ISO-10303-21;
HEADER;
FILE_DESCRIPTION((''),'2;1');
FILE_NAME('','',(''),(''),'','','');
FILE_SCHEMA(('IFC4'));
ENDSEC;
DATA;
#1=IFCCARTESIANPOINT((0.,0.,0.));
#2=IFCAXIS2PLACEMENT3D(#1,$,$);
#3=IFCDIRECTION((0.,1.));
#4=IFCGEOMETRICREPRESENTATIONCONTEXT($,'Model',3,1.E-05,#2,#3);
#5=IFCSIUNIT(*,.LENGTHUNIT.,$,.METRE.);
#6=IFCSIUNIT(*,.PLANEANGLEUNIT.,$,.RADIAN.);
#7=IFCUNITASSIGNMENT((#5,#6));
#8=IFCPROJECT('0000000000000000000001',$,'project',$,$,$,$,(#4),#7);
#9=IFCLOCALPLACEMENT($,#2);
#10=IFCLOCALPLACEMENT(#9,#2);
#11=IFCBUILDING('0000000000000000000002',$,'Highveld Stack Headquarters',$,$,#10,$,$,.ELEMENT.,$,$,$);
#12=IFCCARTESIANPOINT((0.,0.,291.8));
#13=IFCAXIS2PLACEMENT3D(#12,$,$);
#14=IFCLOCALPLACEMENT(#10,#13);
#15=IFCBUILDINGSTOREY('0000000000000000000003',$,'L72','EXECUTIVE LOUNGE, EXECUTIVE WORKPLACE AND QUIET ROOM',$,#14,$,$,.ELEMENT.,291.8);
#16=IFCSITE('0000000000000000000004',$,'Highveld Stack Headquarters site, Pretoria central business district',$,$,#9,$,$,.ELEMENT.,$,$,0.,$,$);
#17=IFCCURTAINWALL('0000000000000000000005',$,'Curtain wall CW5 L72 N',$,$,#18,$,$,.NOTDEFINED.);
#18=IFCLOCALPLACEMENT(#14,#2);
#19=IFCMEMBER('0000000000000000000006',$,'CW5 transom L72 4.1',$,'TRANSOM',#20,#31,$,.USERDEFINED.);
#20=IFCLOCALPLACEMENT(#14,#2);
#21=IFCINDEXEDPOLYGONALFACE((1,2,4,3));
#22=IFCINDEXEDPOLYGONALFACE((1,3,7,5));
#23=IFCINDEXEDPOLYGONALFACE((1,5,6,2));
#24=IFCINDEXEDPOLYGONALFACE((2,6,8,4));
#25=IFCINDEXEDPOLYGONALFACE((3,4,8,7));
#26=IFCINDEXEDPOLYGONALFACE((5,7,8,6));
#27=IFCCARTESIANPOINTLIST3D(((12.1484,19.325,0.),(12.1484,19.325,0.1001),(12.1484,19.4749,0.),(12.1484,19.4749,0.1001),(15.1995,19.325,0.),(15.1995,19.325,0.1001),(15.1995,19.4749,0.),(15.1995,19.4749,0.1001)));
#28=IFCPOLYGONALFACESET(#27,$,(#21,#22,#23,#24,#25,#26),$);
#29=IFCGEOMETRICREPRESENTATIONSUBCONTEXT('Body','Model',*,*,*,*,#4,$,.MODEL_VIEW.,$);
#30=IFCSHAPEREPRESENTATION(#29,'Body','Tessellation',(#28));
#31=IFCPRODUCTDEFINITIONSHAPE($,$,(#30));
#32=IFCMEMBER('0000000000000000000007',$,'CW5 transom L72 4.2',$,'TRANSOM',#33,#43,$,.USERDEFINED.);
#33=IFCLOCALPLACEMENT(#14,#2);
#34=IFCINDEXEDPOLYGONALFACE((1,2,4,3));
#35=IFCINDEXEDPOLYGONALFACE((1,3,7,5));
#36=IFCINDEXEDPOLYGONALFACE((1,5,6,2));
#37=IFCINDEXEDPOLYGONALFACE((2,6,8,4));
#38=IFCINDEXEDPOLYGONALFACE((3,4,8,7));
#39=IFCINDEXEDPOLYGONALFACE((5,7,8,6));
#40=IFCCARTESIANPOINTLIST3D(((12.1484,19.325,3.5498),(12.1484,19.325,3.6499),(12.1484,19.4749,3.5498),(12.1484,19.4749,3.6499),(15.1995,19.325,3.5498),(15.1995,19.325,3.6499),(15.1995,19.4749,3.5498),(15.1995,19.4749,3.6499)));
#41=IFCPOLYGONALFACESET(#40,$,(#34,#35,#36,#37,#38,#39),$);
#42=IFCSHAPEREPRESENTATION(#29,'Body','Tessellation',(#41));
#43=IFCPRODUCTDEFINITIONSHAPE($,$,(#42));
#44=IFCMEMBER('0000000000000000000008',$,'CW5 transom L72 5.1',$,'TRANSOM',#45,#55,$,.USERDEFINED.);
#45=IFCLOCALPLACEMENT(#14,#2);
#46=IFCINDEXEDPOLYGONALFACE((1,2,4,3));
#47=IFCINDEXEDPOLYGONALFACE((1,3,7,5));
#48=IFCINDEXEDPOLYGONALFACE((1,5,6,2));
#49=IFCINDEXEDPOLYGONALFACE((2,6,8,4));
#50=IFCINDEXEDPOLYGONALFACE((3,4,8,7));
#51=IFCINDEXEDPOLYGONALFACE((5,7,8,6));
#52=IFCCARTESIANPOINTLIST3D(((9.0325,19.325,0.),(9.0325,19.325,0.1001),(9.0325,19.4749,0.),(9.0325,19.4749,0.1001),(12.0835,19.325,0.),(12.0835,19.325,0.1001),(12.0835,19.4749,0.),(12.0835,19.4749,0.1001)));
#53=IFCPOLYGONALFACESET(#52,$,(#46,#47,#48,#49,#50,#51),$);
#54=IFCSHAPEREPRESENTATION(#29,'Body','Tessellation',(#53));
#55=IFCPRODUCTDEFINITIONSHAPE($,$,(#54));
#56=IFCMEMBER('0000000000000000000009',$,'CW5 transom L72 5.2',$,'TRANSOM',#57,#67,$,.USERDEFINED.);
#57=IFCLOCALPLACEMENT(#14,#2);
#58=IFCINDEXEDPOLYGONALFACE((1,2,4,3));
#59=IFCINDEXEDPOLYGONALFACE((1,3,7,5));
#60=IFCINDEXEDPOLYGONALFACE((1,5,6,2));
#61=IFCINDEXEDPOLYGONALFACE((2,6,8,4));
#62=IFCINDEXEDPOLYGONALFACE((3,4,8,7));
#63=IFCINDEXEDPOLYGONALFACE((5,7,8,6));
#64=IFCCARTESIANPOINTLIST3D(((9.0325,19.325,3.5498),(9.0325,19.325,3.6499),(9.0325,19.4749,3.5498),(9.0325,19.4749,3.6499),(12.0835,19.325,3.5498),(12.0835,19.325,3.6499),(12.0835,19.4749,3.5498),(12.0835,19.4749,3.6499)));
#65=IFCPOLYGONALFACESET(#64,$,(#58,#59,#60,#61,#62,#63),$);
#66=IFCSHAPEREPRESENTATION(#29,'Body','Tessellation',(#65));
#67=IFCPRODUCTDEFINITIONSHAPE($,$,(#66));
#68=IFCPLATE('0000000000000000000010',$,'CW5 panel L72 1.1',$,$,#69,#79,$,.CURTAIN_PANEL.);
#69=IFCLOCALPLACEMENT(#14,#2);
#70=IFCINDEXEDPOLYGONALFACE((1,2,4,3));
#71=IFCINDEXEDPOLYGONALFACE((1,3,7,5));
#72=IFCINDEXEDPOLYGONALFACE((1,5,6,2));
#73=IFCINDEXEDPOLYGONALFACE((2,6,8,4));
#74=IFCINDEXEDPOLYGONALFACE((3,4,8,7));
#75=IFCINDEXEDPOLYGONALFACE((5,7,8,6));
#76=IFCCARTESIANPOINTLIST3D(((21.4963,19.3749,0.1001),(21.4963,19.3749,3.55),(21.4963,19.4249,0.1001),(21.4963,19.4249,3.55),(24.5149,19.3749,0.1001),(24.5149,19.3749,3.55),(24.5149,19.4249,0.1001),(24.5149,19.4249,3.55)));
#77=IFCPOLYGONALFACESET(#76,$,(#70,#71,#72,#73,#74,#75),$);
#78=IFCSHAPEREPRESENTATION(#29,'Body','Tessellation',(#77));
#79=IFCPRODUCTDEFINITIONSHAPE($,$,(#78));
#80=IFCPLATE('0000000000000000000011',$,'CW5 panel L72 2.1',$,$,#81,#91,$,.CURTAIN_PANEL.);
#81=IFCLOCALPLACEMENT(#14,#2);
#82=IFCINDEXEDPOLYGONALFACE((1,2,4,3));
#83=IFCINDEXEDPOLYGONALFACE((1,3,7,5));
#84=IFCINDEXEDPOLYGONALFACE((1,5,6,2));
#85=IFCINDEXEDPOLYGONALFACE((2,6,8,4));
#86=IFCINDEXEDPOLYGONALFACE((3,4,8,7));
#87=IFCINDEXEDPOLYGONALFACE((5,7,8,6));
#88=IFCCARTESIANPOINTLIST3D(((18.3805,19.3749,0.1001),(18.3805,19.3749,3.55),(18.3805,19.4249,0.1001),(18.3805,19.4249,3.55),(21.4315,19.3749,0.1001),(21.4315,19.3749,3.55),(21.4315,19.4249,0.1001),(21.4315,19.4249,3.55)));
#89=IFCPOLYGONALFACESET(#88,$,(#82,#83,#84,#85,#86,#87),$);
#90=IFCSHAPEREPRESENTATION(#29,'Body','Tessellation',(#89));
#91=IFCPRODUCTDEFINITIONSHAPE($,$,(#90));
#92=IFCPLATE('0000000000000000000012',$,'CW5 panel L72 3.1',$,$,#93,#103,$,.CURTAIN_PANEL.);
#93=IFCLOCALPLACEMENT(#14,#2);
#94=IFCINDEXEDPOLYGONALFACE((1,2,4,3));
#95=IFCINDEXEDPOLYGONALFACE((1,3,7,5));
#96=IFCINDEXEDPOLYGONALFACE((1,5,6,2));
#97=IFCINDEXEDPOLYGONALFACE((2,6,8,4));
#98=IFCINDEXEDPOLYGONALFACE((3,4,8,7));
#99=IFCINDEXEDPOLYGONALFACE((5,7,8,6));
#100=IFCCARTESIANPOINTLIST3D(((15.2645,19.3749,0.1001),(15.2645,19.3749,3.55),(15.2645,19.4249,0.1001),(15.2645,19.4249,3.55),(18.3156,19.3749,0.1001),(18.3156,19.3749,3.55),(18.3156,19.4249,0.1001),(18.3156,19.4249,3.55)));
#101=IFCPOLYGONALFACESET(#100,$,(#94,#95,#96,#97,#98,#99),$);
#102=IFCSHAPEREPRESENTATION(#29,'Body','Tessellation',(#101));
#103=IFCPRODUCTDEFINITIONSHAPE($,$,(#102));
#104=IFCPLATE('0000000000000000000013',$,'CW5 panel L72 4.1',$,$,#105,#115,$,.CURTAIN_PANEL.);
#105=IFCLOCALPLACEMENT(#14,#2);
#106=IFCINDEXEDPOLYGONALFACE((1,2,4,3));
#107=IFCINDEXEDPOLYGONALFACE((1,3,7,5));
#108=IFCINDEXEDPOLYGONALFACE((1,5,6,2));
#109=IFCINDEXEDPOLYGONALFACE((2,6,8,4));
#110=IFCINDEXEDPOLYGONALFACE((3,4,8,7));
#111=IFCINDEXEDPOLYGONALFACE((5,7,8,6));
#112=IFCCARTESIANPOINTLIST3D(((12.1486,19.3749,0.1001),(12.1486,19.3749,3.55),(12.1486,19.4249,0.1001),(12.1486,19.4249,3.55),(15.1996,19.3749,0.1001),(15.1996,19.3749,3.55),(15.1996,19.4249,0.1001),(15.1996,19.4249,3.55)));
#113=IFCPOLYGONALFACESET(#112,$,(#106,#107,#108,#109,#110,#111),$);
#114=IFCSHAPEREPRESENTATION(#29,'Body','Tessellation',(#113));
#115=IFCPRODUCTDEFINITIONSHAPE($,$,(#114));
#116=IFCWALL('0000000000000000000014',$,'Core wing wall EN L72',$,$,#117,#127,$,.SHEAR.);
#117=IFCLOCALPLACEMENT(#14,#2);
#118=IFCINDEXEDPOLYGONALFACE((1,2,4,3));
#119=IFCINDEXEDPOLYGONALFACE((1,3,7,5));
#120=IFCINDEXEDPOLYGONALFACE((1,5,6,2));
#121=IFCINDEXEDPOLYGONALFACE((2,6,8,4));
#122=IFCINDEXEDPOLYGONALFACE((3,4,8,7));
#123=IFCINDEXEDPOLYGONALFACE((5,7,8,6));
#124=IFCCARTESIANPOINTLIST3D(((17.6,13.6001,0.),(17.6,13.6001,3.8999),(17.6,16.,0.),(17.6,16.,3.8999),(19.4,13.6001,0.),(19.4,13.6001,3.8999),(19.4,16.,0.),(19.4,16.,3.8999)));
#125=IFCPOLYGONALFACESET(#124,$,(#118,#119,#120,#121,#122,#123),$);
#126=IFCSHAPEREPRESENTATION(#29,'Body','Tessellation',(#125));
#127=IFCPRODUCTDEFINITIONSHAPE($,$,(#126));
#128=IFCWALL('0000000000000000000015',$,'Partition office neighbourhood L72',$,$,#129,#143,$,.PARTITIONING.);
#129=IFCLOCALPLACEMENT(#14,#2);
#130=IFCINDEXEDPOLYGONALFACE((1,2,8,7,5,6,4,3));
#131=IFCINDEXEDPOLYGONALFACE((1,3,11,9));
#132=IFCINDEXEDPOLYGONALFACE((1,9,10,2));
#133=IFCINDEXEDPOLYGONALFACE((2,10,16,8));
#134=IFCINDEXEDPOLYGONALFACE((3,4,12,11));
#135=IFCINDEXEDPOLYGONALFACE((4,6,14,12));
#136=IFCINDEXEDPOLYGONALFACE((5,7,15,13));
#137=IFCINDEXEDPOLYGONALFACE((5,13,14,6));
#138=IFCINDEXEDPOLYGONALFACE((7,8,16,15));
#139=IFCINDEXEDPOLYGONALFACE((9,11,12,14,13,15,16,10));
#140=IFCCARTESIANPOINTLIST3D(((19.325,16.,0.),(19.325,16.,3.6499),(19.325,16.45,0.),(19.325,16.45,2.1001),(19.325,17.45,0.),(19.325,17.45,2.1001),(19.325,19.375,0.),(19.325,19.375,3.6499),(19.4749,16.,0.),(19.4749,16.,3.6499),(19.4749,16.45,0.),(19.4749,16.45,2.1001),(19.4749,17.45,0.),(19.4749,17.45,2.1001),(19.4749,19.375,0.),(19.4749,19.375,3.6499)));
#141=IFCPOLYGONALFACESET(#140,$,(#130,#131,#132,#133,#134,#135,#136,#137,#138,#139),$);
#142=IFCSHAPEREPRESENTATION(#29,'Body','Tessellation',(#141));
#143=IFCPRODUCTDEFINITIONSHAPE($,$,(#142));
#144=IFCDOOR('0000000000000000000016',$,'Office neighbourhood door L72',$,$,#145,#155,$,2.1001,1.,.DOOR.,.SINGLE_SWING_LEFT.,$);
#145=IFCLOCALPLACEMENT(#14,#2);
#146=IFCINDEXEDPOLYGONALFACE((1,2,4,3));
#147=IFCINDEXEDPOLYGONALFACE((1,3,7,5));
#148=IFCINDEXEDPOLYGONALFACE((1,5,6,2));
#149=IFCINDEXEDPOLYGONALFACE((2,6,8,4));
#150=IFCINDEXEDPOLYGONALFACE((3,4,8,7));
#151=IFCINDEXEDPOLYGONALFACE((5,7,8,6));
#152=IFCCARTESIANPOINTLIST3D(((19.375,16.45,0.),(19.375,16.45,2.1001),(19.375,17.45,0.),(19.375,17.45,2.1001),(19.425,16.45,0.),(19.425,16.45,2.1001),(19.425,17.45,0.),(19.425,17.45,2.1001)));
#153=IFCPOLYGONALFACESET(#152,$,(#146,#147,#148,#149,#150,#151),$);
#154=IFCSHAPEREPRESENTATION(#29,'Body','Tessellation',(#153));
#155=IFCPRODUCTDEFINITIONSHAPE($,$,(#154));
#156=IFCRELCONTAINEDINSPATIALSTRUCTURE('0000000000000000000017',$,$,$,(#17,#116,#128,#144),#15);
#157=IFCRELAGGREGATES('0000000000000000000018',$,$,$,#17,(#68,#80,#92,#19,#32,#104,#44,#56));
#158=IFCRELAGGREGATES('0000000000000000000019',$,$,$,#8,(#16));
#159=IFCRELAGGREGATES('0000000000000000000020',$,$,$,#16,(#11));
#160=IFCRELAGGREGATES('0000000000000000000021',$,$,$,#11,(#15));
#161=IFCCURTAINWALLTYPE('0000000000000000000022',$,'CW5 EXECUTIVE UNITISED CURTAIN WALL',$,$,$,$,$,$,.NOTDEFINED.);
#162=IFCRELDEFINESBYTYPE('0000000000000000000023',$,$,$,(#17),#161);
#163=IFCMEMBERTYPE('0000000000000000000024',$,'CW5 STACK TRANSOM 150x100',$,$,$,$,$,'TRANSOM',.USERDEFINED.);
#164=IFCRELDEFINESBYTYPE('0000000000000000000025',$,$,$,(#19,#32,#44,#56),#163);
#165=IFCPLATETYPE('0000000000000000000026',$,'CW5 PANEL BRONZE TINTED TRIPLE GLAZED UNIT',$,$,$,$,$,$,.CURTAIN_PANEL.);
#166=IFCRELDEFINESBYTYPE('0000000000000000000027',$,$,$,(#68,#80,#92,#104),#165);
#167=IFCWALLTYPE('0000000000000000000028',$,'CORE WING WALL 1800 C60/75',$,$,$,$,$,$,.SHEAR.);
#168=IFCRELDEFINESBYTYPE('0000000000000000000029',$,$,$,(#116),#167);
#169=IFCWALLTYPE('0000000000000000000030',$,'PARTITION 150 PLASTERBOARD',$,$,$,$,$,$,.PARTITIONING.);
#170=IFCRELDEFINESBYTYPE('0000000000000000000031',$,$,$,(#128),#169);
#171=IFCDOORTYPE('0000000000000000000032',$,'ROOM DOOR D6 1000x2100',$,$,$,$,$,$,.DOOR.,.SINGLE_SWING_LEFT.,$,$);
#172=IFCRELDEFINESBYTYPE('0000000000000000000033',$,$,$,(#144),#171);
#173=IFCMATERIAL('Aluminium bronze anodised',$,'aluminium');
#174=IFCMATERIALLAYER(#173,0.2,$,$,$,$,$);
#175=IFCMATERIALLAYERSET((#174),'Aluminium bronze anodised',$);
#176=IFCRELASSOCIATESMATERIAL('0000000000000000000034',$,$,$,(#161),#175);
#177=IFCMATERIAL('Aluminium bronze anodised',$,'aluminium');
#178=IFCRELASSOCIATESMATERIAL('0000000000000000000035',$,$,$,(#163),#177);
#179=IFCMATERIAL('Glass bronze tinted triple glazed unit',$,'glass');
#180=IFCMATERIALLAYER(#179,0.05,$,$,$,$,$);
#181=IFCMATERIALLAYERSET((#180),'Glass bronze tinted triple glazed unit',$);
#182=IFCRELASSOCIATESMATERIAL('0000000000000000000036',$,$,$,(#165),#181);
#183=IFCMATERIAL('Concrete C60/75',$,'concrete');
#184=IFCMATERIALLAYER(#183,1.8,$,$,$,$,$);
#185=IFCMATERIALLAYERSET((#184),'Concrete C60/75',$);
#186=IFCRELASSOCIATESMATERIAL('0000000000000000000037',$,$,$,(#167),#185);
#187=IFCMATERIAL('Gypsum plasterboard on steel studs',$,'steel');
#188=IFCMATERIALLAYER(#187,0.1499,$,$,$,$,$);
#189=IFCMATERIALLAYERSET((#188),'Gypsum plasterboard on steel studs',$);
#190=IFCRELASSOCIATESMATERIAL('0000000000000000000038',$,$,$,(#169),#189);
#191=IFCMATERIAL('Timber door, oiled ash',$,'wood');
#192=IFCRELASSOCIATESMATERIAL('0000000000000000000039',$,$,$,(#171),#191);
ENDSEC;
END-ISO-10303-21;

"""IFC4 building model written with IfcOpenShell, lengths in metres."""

from ifc_helpers import new_model, si_unit, direction, frame, frame_2d, origin, origin_2d, place, context, subcontext, project, spatial, rectangle, extrude, material, layer, layer_set, material_profile, profile_set, type_object, element, fill, aggregate, save


model = new_model("IFC4")

# Units and contexts
model_context = context("Model", 3, precision=1e-05, world=origin(), true_north=direction((0.0, 1.0)))
body_context = subcontext(model_context, "Body", "Model", "MODEL_VIEW")
ifc_project = project(units=[si_unit("LENGTHUNIT", "METRE"), si_unit("PLANEANGLEUNIT", "RADIAN")], contexts=[model_context])

# Site, building, storey
site_placement = place(None, origin())
site = spatial("IfcSite", under=ifc_project, at=site_placement, Name="Highveld Stack Headquarters site, Pretoria central business district", CompositionType="ELEMENT", RefElevation=0.0)
building_placement = place(site_placement, origin())
building = spatial("IfcBuilding", under=site, at=building_placement, Name="Highveld Stack Headquarters", CompositionType="ELEMENT")
storey_placement = place(building_placement, frame((0.0, 0.0, 291.8)))
storey = spatial("IfcBuildingStorey", under=building, at=storey_placement, Name="L72", Description="EXECUTIVE LOUNGE, EXECUTIVE WORKPLACE AND QUIET ROOM", CompositionType="ELEMENT", Elevation=291.8)

# Curtain wall, members, plates
ifc_material_1 = material(Name="Aluminium bronze anodised", Category="aluminium")
ifc_layer_1 = layer(ifc_material_1, 0.2)
ifc_layer_set_1 = layer_set([ifc_layer_1], Name="Aluminium bronze anodised")
curtain_wall_type = type_object("IfcCurtainWallType", Name="CW5 EXECUTIVE UNITISED CURTAIN WALL", PredefinedType="NOTDEFINED", material=ifc_layer_set_1)
curtain_wall_placement = place(storey_placement, origin())
curtain_wall = element("IfcCurtainWall", 1, at=curtain_wall_placement, inside=storey, type_object=curtain_wall_type, Name="Curtain wall CW5 L72 N", PredefinedType="NOTDEFINED")
ifc_material_2 = material(Name="Aluminium bronze anodised", Category="aluminium")
ifc_material_profile_1 = material_profile(ifc_material_2, rectangle(XDim=0.1499, YDim=0.1001, at=origin_2d()), Name="CW5 TRANSOM 150x100")
ifc_profile_set_1 = profile_set([ifc_material_profile_1], Name="Aluminium bronze anodised")
member_type_1 = type_object("IfcMemberType", Name="CW5 STACK TRANSOM 150x100", ElementType="TRANSOM", PredefinedType="USERDEFINED", material=ifc_profile_set_1)
member_1_placement = place(storey_placement, frame((15.1995, 19.3999, 0.05), z_axis=(-1.0, 0.0, 0.0), x_axis=(0.0, -1.0, 0.0)))
member_1 = element("IfcMember", 2, at=member_1_placement, type_object=member_type_1, Name="CW5 transom L72 4.1", ObjectType="TRANSOM", PredefinedType="USERDEFINED", context=body_context, shape_type="SweptSolid", body=[
    extrude(rectangle(XDim=0.1499, YDim=0.1001, at=origin_2d()), origin(), (0.0, 0.0, 1.0), 3.051),
])
member_2_placement = place(storey_placement, frame((15.1995, 19.3999, 3.5999), z_axis=(-1.0, 0.0, 0.0), x_axis=(0.0, -1.0, 0.0)))
member_2 = element("IfcMember", 3, at=member_2_placement, type_object=member_type_1, Name="CW5 transom L72 4.2", ObjectType="TRANSOM", PredefinedType="USERDEFINED", context=body_context, shape_type="SweptSolid", body=[
    extrude(rectangle(XDim=0.1499, YDim=0.1001, at=origin_2d()), origin(), (0.0, 0.0, 1.0), 3.051),
])
member_3_placement = place(storey_placement, frame((12.0835, 19.3999, 0.05), z_axis=(-1.0, 0.0, 0.0), x_axis=(0.0, -1.0, 0.0)))
member_3 = element("IfcMember", 4, at=member_3_placement, type_object=member_type_1, Name="CW5 transom L72 5.1", ObjectType="TRANSOM", PredefinedType="USERDEFINED", context=body_context, shape_type="SweptSolid", body=[
    extrude(rectangle(XDim=0.1499, YDim=0.1001, at=origin_2d()), origin(), (0.0, 0.0, 1.0), 3.051),
])
member_4_placement = place(storey_placement, frame((12.0835, 19.3999, 3.5999), z_axis=(-1.0, 0.0, 0.0), x_axis=(0.0, -1.0, 0.0)))
member_4 = element("IfcMember", 5, at=member_4_placement, type_object=member_type_1, Name="CW5 transom L72 5.2", ObjectType="TRANSOM", PredefinedType="USERDEFINED", context=body_context, shape_type="SweptSolid", body=[
    extrude(rectangle(XDim=0.1499, YDim=0.1001, at=origin_2d()), origin(), (0.0, 0.0, 1.0), 3.051),
])
ifc_material_3 = material(Name="Glass bronze tinted triple glazed unit", Category="glass")
ifc_layer_2 = layer(ifc_material_3, 0.05)
ifc_layer_set_2 = layer_set([ifc_layer_2], Name="Glass bronze tinted triple glazed unit")
plate_type = type_object("IfcPlateType", Name="CW5 PANEL BRONZE TINTED TRIPLE GLAZED UNIT", PredefinedType="CURTAIN_PANEL", material=ifc_layer_set_2)
plate_1_placement = place(storey_placement, frame((23.0056, 19.3999, 0.1001), z_axis=(0.0, 0.0, 1.0), x_axis=(-1.0, 0.0, 0.0)))
plate_1 = element("IfcPlate", 6, at=plate_1_placement, type_object=plate_type, Name="CW5 panel L72 1.1", PredefinedType="CURTAIN_PANEL", context=body_context, shape_type="SweptSolid", body=[
    extrude(rectangle(XDim=3.0186, YDim=0.05, at=origin_2d()), origin(), (0.0, 0.0, 1.0), 3.45),
])
plate_2_placement = place(storey_placement, frame((19.906, 19.3999, 0.1001), z_axis=(0.0, 0.0, 1.0), x_axis=(-1.0, 0.0, 0.0)))
plate_2 = element("IfcPlate", 7, at=plate_2_placement, type_object=plate_type, Name="CW5 panel L72 2.1", PredefinedType="CURTAIN_PANEL", context=body_context, shape_type="SweptSolid", body=[
    extrude(rectangle(XDim=3.051, YDim=0.05, at=origin_2d()), origin(), (0.0, 0.0, 1.0), 3.45),
])
plate_3_placement = place(storey_placement, frame((16.79, 19.3999, 0.1001), z_axis=(0.0, 0.0, 1.0), x_axis=(-1.0, 0.0, 0.0)))
plate_3 = element("IfcPlate", 8, at=plate_3_placement, type_object=plate_type, Name="CW5 panel L72 3.1", PredefinedType="CURTAIN_PANEL", context=body_context, shape_type="SweptSolid", body=[
    extrude(rectangle(XDim=3.051, YDim=0.05, at=origin_2d()), origin(), (0.0, 0.0, 1.0), 3.45),
])
plate_4_placement = place(storey_placement, frame((13.6741, 19.3999, 0.1001), z_axis=(0.0, 0.0, 1.0), x_axis=(-1.0, 0.0, 0.0)))
plate_4 = element("IfcPlate", 9, at=plate_4_placement, type_object=plate_type, Name="CW5 panel L72 4.1", PredefinedType="CURTAIN_PANEL", context=body_context, shape_type="SweptSolid", body=[
    extrude(rectangle(XDim=3.051, YDim=0.05, at=origin_2d()), origin(), (0.0, 0.0, 1.0), 3.45),
])
aggregate(curtain_wall, [plate_1, plate_2, plate_3, member_1, member_2, plate_4, member_3, member_4])

# Wall
ifc_material_4 = material(Name="Concrete C60/75", Category="concrete")
ifc_layer_3 = layer(ifc_material_4, 1.8)
ifc_layer_set_3 = layer_set([ifc_layer_3], Name="Concrete C60/75")
wall_type_1 = type_object("IfcWallType", Name="CORE WING WALL 1800 C60/75", PredefinedType="SHEAR", material=ifc_layer_set_3)
wall_1_placement = place(storey_placement, frame((18.5, 13.6001, 0.0), z_axis=(0.0, 0.0, 1.0), x_axis=(0.0, 1.0, 0.0)))
element("IfcWall", 10, at=wall_1_placement, inside=storey, type_object=wall_type_1, Name="Core wing wall EN L72", PredefinedType="SHEAR", context=body_context, shape_type="SweptSolid", body=[
    extrude(rectangle(XDim=2.3999, YDim=1.8, at=frame_2d((1.2, 0.0))), origin(), (0.0, 0.0, 1.0), 3.8999),
])

# Wall, opening, door
ifc_material_5 = material(Name="Gypsum plasterboard on steel studs", Category="steel")
ifc_layer_4 = layer(ifc_material_5, 0.1499)
ifc_layer_set_4 = layer_set([ifc_layer_4], Name="Gypsum plasterboard on steel studs")
wall_type_2 = type_object("IfcWallType", Name="PARTITION 150 PLASTERBOARD", PredefinedType="PARTITIONING", material=ifc_layer_set_4)
wall_2_placement = place(storey_placement, frame((19.3999, 16.0, 0.0), z_axis=(0.0, 0.0, 1.0), x_axis=(0.0, 1.0, 0.0)))
wall_2 = element("IfcWall", 11, at=wall_2_placement, inside=storey, type_object=wall_type_2, Name="Partition office neighbourhood L72", PredefinedType="PARTITIONING", context=body_context, shape_type="SweptSolid", body=[
    extrude(rectangle(XDim=3.375, YDim=0.1499, at=frame_2d((1.6875, 0.0))), origin(), (0.0, 0.0, 1.0), 3.6499),
])
opening_placement = place(wall_2_placement, frame((0.45, 0.0, 0.0)))
opening = element("IfcOpeningElement", 12, at=opening_placement, cuts=wall_2, PredefinedType="OPENING", context=body_context, shape_type="SweptSolid", body=[
    extrude(rectangle(XDim=1.0, YDim=2.1001, at=frame_2d((0.5, 1.05))), frame((0.0, 0.085, 0.0), z_axis=(0.0, -1.0, 0.0), x_axis=(1.0, 0.0, 0.0)), (0.0, 0.0, 1.0), 0.1699),
])
ifc_material_6 = material(Name="Timber door, oiled ash", Category="wood")
door_type = type_object("IfcDoorType", Name="ROOM DOOR D6 1000x2100", OperationType="SINGLE_SWING_LEFT", PredefinedType="DOOR", material=ifc_material_6)
door_placement = place(opening_placement, origin())
door = element("IfcDoor", 13, at=door_placement, inside=storey, type_object=door_type, Name="Office neighbourhood door L72", OperationType="SINGLE_SWING_LEFT", OverallHeight=2.1001, OverallWidth=1.0, PredefinedType="DOOR", context=body_context, shape_type="SweptSolid", body=[
    extrude(rectangle(XDim=1.0, YDim=2.1001, at=frame_2d((0.5, 1.05))), frame((0.0, 0.0249, 0.0), z_axis=(0.0, -1.0, 0.0), x_axis=(1.0, 0.0, 0.0)), (0.0, 0.0, 1.0), 0.05),
])
fill(opening, door)

save(model, "model.ifc")
